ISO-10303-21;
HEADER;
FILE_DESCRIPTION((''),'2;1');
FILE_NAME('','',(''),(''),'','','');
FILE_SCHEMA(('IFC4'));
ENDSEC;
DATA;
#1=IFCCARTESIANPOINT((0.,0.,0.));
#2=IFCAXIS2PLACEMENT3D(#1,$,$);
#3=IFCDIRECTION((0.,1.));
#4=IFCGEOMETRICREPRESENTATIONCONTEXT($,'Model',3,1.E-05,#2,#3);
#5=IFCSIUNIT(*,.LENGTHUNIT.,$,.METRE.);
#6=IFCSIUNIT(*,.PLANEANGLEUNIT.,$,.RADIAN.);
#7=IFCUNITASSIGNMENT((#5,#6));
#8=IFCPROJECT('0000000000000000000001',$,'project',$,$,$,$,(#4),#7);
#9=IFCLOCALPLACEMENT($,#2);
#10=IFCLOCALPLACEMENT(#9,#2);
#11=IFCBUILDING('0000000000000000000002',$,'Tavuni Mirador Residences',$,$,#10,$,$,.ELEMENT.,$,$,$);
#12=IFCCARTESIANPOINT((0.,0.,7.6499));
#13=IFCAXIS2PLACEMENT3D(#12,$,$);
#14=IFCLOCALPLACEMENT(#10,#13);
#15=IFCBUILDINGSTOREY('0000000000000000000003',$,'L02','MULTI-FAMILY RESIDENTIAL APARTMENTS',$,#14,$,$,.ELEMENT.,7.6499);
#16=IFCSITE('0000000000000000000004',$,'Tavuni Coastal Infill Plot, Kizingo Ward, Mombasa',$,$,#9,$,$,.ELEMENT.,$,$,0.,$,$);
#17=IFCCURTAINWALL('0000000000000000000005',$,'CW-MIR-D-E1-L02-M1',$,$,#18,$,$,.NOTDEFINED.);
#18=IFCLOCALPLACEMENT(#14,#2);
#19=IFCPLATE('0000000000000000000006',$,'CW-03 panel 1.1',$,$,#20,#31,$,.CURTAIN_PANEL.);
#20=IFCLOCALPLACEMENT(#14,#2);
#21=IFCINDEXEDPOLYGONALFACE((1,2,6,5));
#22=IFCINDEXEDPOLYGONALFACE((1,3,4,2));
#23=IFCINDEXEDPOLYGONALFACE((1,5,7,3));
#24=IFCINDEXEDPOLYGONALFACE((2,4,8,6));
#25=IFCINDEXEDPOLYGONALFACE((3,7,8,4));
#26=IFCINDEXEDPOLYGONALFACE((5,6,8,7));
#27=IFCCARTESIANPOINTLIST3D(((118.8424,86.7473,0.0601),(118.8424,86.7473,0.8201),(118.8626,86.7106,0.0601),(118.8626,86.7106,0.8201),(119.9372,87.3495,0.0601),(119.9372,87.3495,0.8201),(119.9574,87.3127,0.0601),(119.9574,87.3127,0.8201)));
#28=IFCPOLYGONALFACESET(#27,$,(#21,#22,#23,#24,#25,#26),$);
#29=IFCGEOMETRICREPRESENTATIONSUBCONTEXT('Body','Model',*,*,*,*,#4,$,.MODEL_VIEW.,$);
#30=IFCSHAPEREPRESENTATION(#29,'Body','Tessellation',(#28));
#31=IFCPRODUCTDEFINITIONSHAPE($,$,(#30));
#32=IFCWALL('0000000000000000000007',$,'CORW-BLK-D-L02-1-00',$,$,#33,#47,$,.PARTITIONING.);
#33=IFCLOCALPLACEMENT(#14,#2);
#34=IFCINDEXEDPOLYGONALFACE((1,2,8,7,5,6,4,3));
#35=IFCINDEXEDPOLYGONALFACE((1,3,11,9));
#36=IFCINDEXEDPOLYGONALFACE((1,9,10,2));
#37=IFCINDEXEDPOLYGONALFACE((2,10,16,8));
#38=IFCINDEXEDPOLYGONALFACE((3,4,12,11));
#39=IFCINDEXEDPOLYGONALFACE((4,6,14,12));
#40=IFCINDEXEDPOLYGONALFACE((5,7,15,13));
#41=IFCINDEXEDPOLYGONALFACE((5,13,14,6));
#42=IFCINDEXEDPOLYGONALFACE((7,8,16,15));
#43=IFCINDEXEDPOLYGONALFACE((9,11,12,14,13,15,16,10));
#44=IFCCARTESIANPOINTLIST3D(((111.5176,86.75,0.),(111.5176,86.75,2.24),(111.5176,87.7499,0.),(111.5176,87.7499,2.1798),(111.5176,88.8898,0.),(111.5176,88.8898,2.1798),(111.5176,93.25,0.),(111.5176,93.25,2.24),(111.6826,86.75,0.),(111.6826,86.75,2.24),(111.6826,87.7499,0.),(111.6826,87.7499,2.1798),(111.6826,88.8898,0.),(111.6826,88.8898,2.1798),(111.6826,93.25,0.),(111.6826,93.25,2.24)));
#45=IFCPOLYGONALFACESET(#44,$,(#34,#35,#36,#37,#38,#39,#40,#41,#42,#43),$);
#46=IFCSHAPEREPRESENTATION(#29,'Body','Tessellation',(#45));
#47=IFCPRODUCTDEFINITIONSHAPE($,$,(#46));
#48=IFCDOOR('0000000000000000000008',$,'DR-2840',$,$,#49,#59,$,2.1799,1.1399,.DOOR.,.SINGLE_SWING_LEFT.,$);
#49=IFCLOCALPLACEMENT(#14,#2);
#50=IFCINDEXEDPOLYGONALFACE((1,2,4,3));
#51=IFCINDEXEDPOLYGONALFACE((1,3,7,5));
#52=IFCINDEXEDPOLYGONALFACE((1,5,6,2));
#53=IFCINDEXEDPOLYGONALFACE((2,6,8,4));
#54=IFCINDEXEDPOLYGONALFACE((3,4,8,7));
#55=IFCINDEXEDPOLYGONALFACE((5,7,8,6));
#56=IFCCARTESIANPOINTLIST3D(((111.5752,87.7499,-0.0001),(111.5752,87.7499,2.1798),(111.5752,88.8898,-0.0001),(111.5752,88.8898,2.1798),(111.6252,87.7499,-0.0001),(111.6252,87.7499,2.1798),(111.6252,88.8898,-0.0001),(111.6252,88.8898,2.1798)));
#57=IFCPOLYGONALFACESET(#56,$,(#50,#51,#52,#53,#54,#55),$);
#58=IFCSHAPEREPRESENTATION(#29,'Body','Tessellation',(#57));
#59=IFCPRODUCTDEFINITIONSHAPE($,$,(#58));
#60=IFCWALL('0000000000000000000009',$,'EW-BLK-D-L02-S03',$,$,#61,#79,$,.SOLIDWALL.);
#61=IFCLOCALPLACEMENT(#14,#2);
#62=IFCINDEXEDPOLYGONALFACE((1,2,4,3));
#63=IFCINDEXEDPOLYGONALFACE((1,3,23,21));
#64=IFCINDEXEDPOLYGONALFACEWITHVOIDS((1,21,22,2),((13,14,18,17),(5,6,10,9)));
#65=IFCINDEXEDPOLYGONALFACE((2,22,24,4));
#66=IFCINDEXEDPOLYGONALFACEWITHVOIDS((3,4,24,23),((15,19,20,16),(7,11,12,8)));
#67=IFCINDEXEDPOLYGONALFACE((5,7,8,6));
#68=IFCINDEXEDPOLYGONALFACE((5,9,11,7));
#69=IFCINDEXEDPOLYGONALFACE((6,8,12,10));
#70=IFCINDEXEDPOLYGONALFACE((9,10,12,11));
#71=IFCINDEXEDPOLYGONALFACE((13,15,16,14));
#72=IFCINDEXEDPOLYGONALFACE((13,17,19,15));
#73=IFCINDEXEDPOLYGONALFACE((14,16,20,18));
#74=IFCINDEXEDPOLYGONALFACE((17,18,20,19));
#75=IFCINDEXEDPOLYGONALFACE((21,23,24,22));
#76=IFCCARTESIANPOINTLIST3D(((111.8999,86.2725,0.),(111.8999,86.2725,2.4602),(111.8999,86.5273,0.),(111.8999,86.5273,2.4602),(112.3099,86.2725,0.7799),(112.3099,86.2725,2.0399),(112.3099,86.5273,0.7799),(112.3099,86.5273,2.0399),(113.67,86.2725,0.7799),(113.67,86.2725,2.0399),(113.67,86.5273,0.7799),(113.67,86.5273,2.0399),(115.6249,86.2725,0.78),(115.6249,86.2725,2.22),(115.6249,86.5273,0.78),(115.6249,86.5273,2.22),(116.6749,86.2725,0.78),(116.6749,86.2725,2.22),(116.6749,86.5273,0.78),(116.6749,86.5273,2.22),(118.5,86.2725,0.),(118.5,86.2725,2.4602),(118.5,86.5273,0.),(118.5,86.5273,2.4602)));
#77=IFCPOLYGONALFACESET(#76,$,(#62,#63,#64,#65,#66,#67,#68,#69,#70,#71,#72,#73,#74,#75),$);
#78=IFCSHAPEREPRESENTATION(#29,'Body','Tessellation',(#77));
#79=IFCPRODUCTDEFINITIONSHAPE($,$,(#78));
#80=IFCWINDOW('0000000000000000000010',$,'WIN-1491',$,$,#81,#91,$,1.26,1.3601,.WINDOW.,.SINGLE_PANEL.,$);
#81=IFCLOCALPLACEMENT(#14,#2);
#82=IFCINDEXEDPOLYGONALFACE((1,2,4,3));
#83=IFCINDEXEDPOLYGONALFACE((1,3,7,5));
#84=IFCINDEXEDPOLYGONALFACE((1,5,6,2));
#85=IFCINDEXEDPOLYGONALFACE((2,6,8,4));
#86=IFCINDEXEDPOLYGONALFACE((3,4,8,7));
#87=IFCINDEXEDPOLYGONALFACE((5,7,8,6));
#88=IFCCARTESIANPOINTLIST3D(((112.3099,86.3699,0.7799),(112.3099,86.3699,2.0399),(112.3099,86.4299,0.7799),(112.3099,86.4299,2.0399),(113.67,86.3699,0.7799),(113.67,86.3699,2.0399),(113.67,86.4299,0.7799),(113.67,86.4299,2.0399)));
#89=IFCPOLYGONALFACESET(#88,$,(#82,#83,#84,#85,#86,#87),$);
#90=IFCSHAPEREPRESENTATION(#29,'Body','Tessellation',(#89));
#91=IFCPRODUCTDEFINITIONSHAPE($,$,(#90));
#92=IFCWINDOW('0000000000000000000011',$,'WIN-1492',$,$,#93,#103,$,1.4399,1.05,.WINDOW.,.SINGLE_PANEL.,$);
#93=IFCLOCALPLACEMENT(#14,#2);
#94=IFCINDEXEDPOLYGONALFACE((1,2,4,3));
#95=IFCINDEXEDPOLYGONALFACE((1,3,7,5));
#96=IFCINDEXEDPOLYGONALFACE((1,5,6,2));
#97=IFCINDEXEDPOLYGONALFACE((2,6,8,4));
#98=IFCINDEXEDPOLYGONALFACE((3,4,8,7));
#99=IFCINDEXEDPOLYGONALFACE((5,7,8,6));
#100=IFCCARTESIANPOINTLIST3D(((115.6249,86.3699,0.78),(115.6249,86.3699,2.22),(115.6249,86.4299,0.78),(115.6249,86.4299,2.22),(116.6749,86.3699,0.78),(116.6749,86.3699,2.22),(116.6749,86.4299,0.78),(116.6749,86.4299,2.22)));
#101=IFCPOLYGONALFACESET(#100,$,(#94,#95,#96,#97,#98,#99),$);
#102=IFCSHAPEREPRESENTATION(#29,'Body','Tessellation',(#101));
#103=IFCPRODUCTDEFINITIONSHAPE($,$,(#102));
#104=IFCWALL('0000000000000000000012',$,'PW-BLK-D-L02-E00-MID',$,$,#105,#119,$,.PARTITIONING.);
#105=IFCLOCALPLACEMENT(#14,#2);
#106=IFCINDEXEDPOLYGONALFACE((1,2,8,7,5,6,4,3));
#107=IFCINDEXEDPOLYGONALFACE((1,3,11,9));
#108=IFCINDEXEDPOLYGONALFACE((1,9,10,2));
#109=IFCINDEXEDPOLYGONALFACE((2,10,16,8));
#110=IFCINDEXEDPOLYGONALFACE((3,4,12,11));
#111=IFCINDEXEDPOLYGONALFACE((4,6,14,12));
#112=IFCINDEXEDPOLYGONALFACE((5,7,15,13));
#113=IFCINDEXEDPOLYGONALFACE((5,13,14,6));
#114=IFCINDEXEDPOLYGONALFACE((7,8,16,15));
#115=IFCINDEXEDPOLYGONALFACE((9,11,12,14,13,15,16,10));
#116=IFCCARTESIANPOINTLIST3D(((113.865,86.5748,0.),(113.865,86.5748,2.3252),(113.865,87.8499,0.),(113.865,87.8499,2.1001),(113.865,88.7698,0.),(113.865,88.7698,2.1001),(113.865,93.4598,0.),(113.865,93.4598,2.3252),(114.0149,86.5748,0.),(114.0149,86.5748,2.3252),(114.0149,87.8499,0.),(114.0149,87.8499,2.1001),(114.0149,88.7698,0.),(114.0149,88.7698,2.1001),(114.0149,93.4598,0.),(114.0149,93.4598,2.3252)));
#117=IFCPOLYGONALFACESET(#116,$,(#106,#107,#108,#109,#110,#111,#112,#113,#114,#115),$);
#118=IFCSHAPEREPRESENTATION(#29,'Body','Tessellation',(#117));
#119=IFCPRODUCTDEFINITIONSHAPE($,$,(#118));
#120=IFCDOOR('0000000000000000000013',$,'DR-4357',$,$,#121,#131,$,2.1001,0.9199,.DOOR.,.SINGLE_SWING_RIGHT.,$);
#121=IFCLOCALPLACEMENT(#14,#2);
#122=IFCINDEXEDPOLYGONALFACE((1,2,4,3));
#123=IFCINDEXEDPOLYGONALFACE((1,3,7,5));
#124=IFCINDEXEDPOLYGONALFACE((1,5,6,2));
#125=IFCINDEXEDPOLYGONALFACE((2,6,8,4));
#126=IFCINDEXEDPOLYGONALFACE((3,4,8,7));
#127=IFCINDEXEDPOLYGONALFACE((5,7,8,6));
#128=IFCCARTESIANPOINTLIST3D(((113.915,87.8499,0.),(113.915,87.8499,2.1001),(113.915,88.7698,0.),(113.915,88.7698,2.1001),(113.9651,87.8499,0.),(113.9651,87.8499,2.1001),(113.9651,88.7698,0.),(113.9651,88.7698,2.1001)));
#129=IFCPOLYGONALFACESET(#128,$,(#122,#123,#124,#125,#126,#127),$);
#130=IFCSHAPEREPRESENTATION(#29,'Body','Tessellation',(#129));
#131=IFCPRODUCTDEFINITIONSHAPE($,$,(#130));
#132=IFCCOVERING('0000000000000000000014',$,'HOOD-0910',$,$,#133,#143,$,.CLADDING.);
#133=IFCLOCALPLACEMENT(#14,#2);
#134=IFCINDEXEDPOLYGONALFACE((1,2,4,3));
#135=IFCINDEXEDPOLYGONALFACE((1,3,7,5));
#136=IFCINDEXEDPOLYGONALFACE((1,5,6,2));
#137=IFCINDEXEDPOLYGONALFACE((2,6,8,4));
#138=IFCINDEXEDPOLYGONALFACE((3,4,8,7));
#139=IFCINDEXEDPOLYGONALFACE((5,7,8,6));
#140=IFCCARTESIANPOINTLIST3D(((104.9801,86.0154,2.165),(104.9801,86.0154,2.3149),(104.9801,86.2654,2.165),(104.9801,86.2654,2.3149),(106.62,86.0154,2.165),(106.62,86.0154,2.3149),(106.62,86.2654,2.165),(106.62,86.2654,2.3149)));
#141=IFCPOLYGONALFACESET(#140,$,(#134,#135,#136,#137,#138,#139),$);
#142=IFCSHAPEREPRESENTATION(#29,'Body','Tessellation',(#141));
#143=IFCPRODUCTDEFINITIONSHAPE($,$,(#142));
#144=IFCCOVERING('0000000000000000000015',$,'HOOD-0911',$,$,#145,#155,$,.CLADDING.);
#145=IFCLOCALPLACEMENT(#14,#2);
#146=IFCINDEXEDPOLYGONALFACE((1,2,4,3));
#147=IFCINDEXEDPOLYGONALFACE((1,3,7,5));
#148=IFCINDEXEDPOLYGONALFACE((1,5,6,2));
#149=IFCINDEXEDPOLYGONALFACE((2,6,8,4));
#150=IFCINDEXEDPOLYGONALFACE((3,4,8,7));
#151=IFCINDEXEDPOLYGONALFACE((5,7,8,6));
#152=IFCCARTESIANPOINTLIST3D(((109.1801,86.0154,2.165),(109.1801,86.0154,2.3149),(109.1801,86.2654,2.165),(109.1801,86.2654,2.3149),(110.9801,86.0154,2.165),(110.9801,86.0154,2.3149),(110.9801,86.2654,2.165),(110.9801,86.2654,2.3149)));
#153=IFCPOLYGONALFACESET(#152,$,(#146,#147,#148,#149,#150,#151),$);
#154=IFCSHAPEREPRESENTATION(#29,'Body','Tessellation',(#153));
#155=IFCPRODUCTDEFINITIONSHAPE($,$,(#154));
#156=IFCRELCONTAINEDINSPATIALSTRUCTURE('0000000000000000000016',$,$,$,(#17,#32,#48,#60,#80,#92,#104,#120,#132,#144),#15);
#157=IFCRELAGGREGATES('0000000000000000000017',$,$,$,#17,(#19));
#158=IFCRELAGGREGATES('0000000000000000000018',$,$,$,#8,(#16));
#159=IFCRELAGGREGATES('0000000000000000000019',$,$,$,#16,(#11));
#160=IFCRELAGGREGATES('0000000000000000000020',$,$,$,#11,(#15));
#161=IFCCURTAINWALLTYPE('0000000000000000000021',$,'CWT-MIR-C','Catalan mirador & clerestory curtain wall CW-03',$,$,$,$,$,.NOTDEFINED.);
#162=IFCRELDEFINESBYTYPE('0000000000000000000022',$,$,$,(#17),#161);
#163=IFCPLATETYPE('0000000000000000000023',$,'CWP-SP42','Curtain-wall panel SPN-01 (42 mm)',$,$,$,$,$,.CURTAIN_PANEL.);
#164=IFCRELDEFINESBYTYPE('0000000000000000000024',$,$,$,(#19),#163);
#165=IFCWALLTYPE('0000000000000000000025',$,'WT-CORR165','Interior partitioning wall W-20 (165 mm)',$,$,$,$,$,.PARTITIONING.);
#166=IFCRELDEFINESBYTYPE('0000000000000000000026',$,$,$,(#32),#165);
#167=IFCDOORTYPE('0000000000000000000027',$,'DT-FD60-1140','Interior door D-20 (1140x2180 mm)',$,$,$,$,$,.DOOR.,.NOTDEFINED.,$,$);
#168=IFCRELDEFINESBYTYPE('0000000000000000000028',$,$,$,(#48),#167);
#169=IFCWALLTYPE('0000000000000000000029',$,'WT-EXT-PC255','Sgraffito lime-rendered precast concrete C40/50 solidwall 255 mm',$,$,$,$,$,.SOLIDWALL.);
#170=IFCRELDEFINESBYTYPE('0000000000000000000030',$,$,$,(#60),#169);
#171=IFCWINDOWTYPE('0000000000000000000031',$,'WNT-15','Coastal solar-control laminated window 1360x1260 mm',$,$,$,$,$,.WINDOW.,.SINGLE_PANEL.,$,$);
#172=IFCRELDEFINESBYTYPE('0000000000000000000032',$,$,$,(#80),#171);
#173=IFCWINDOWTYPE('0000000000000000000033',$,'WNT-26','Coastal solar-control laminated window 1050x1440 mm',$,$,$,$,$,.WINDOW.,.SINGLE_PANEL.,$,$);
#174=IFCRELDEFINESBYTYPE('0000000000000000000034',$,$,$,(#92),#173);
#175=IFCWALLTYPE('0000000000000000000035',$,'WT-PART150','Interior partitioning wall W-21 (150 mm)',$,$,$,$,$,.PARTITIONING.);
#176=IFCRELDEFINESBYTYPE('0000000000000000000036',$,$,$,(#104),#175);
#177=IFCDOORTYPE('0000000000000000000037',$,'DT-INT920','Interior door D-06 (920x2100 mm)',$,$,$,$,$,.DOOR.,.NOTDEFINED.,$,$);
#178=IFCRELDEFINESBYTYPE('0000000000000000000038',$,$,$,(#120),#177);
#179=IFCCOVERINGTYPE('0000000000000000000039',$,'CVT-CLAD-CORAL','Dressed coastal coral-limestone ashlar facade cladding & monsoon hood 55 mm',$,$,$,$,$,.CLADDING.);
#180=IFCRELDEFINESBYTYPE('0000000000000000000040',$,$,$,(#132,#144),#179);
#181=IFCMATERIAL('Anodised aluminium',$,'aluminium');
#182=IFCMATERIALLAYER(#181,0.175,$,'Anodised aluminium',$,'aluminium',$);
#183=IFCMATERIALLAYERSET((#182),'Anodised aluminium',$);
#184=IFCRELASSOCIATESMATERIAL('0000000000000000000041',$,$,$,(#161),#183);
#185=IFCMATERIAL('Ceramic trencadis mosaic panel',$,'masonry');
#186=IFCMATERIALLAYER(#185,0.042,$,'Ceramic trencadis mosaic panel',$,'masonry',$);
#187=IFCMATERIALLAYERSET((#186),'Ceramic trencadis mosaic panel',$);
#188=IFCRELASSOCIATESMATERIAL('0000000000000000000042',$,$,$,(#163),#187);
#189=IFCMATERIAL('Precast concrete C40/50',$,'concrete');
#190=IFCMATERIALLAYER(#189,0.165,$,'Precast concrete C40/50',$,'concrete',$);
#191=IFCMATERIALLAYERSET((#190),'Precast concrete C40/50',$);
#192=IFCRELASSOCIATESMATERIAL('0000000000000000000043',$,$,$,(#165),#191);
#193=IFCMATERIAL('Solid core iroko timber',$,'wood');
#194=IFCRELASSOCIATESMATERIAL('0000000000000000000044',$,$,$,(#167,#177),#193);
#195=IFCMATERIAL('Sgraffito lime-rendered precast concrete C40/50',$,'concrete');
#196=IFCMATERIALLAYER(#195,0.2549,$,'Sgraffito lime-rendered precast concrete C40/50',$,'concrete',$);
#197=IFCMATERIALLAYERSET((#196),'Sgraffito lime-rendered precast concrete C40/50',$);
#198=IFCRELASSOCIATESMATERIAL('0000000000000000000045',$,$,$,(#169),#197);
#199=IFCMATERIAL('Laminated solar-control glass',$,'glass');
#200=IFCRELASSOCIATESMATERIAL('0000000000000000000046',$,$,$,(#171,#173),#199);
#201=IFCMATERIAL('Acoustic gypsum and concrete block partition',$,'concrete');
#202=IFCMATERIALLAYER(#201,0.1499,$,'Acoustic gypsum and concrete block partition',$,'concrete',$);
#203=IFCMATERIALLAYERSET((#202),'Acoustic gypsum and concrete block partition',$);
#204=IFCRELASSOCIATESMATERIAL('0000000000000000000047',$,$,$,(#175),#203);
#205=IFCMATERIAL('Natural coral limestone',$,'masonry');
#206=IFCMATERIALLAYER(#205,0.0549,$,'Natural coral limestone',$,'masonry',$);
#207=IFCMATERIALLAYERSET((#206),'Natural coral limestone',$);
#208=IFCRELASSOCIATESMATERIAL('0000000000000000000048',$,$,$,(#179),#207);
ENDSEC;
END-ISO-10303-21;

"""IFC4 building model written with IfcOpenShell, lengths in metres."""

from ifc_helpers import new_model, si_unit, direction, frame, frame_2d, origin, origin_2d, place, context, subcontext, project, spatial, rectangle, extrude, material, layer, layer_set, type_object, element, fill, aggregate, save


model = new_model("IFC4")

# Units and contexts
model_context = context("Model", 3, precision=1e-05, world=origin(), true_north=direction((0.0, 1.0)))
body_context = subcontext(model_context, "Body", "Model", "MODEL_VIEW")
ifc_project = project(units=[si_unit("LENGTHUNIT", "METRE"), si_unit("PLANEANGLEUNIT", "RADIAN")], contexts=[model_context])

# Site, building, storey
site_placement = place(None, origin())
site = spatial("IfcSite", under=ifc_project, at=site_placement, Name="Tavuni Coastal Infill Plot, Kizingo Ward, Mombasa", CompositionType="ELEMENT", RefElevation=0.0)
building_placement = place(site_placement, origin())
building = spatial("IfcBuilding", under=site, at=building_placement, Name="Tavuni Mirador Residences", CompositionType="ELEMENT")
storey_placement = place(building_placement, frame((0.0, 0.0, 7.6499)))
storey = spatial("IfcBuildingStorey", under=building, at=storey_placement, Name="L02", Description="MULTI-FAMILY RESIDENTIAL APARTMENTS", CompositionType="ELEMENT", Elevation=7.6499)

# Shared definitions
ifc_material_1 = material(Name="Precast concrete C40/50", Category="concrete")

# Curtain wall
ifc_material_2 = material(Name="Anodised aluminium", Category="aluminium")
ifc_layer_1 = layer(ifc_material_2, 0.175, Name="Anodised aluminium", Category="aluminium")
ifc_layer_set_1 = layer_set([ifc_layer_1], Name="Anodised aluminium")
curtain_wall_type = type_object("IfcCurtainWallType", Name="CWT-MIR-C", Description="Catalan mirador & clerestory curtain wall CW-03", PredefinedType="NOTDEFINED", material=ifc_layer_set_1)
curtain_wall_placement = place(storey_placement, origin())
curtain_wall = element("IfcCurtainWall", 1, at=curtain_wall_placement, inside=storey, type_object=curtain_wall_type, Name="CW-MIR-D-E1-L02-M1", PredefinedType="NOTDEFINED")

# Plate
ifc_material_3 = material(Name="Laminated solar-control glass", Category="glass")
ifc_material_4 = material(Name="Ceramic trencadis mosaic panel", Category="masonry")
ifc_layer_2 = layer(ifc_material_4, 0.042, Name="Ceramic trencadis mosaic panel", Category="masonry")
ifc_layer_set_2 = layer_set([ifc_layer_2], Name="Ceramic trencadis mosaic panel")
plate_type_1 = type_object("IfcPlateType", Name="CWP-SP42", Description="Curtain-wall panel SPN-01 (42 mm)", PredefinedType="CURTAIN_PANEL", material=ifc_layer_set_2)
plate_1_placement = place(storey_placement, frame((119.3999, 87.03, 0.0601), z_axis=(0.0, 0.0, 1.0), x_axis=(0.876216, 0.481919, 0.0)))
plate_1 = element("IfcPlate", 2, at=plate_1_placement, type_object=plate_type_1, Name="CW-03 panel 1.1", PredefinedType="CURTAIN_PANEL", context=body_context, shape_type="SweptSolid", body=[
    extrude(rectangle(XDim=1.2495, YDim=0.042, at=origin_2d()), origin(), (0.0, 0.0, 1.0), 0.76),
])
aggregate(curtain_wall, [plate_1])

# Wall, opening, door
ifc_layer_3 = layer(ifc_material_1, 0.165, Name="Precast concrete C40/50", Category="concrete")
ifc_layer_set_3 = layer_set([ifc_layer_3], Name="Precast concrete C40/50")
wall_type_1 = type_object("IfcWallType", Name="WT-CORR165", Description="Interior partitioning wall W-20 (165 mm)", PredefinedType="PARTITIONING", material=ifc_layer_set_3)
wall_1_placement = place(storey_placement, frame((111.6001, 86.75, 0.0), z_axis=(0.0, 0.0, 1.0), x_axis=(0.0, 1.0, 0.0)))
wall_1 = element("IfcWall", 3, at=wall_1_placement, inside=storey, type_object=wall_type_1, Name="CORW-BLK-D-L02-1-00", PredefinedType="PARTITIONING", context=body_context, shape_type="SweptSolid", body=[
    extrude(rectangle(XDim=6.5, YDim=0.165, at=frame_2d((3.25, 0.0))), origin(), (0.0, 0.0, 1.0), 2.24),
])
opening_1_placement = place(wall_1_placement, frame((1.0, 0.0, 0.0)))
opening_1 = element("IfcOpeningElement", 4, at=opening_1_placement, cuts=wall_1, PredefinedType="OPENING", context=body_context, shape_type="SweptSolid", body=[
    extrude(rectangle(XDim=1.1399, YDim=2.1799, at=frame_2d((0.5698, 1.0898))), frame((0.0, 0.0925, 0.0), z_axis=(0.0, -1.0, 0.0), x_axis=(1.0, 0.0, 0.0)), (0.0, 0.0, 1.0), 0.1851),
])
ifc_material_5 = material(Name="Solid core iroko timber", Category="wood")
door_type_1 = type_object("IfcDoorType", Name="DT-FD60-1140", Description="Interior door D-20 (1140x2180 mm)", OperationType="NOTDEFINED", PredefinedType="DOOR", material=ifc_material_5)
door_1_placement = place(opening_1_placement, origin())
door_1 = element("IfcDoor", 5, at=door_1_placement, inside=storey, type_object=door_type_1, Name="DR-2840", OperationType="SINGLE_SWING_LEFT", OverallHeight=2.1799, OverallWidth=1.1399, PredefinedType="DOOR", context=body_context, shape_type="SweptSolid", body=[
    extrude(rectangle(XDim=1.1399, YDim=2.1799, at=frame_2d((0.5698, 1.0898))), frame((0.0, 0.0249, 0.0), z_axis=(0.0, -1.0, 0.0), x_axis=(1.0, 0.0, 0.0)), (0.0, 0.0, 1.0), 0.05),
])
fill(opening_1, door_1)

# Wall, openings, windows
ifc_material_6 = material(Name="Sgraffito lime-rendered precast concrete C40/50", Category="concrete")
ifc_layer_4 = layer(ifc_material_6, 0.2549, Name="Sgraffito lime-rendered precast concrete C40/50", Category="concrete")
ifc_layer_set_4 = layer_set([ifc_layer_4], Name="Sgraffito lime-rendered precast concrete C40/50")
wall_type_2 = type_object("IfcWallType", Name="WT-EXT-PC255", Description="Sgraffito lime-rendered precast concrete C40/50 solidwall 255 mm", PredefinedType="SOLIDWALL", material=ifc_layer_set_4)
wall_2_placement = place(storey_placement, frame((111.8999, 86.3999, 0.0), z_axis=(0.0, 0.0, 1.0), x_axis=(1.0, 0.0, 0.0)))
wall_2 = element("IfcWall", 6, at=wall_2_placement, inside=storey, type_object=wall_type_2, Name="EW-BLK-D-L02-S03", PredefinedType="SOLIDWALL", context=body_context, shape_type="SweptSolid", body=[
    extrude(rectangle(XDim=6.6001, YDim=0.2549, at=frame_2d((3.3, 0.0))), origin(), (0.0, 0.0, 1.0), 2.4602),
])
opening_2_placement = place(wall_2_placement, frame((0.4099, 0.0, 0.78)))
opening_2 = element("IfcOpeningElement", 7, at=opening_2_placement, cuts=wall_2, PredefinedType="OPENING", context=body_context, shape_type="SweptSolid", body=[
    extrude(rectangle(XDim=1.3601, YDim=1.26, at=frame_2d((0.6802, 0.6299))), frame((0.0, 0.1375, 0.0), z_axis=(0.0, -1.0, 0.0), x_axis=(1.0, 0.0, 0.0)), (0.0, 0.0, 1.0), 0.2749),
])
opening_3_placement = place(wall_2_placement, frame((3.7251, 0.0, 0.78)))
opening_3 = element("IfcOpeningElement", 8, at=opening_3_placement, cuts=wall_2, PredefinedType="OPENING", context=body_context, shape_type="SweptSolid", body=[
    extrude(rectangle(XDim=1.05, YDim=1.4399, at=frame_2d((0.5249, 0.72))), frame((0.0, 0.1375, 0.0), z_axis=(0.0, -1.0, 0.0), x_axis=(1.0, 0.0, 0.0)), (0.0, 0.0, 1.0), 0.2749),
])
window_type_1 = type_object("IfcWindowType", Name="WNT-15", Description="Coastal solar-control laminated window 1360x1260 mm", PartitioningType="SINGLE_PANEL", PredefinedType="WINDOW", material=ifc_material_3)
window_1_placement = place(opening_2_placement, origin())
window_1 = element("IfcWindow", 9, at=window_1_placement, inside=storey, type_object=window_type_1, Name="WIN-1491", OverallHeight=1.26, OverallWidth=1.3601, PartitioningType="SINGLE_PANEL", PredefinedType="WINDOW", context=body_context, shape_type="SweptSolid", body=[
    extrude(rectangle(XDim=1.3601, YDim=1.26, at=frame_2d((0.6802, 0.6299))), frame((0.0, 0.03, 0.0), z_axis=(0.0, -1.0, 0.0), x_axis=(1.0, 0.0, 0.0)), (0.0, 0.0, 1.0), 0.0601),
])
fill(opening_2, window_1)
window_type_2 = type_object("IfcWindowType", Name="WNT-26", Description="Coastal solar-control laminated window 1050x1440 mm", PartitioningType="SINGLE_PANEL", PredefinedType="WINDOW", material=ifc_material_3)
window_2_placement = place(opening_3_placement, origin())
window_2 = element("IfcWindow", 10, at=window_2_placement, inside=storey, type_object=window_type_2, Name="WIN-1492", OverallHeight=1.4399, OverallWidth=1.05, PartitioningType="SINGLE_PANEL", PredefinedType="WINDOW", context=body_context, shape_type="SweptSolid", body=[
    extrude(rectangle(XDim=1.05, YDim=1.4399, at=frame_2d((0.5249, 0.72))), frame((0.0, 0.03, 0.0), z_axis=(0.0, -1.0, 0.0), x_axis=(1.0, 0.0, 0.0)), (0.0, 0.0, 1.0), 0.0601),
])
fill(opening_3, window_2)

# Wall, opening, door
ifc_material_7 = material(Name="Acoustic gypsum and concrete block partition", Category="concrete")
ifc_layer_5 = layer(ifc_material_7, 0.1499, Name="Acoustic gypsum and concrete block partition", Category="concrete")
ifc_layer_set_5 = layer_set([ifc_layer_5], Name="Acoustic gypsum and concrete block partition")
wall_type_3 = type_object("IfcWallType", Name="WT-PART150", Description="Interior partitioning wall W-21 (150 mm)", PredefinedType="PARTITIONING", material=ifc_layer_set_5)
wall_3_placement = place(storey_placement, frame((113.9399, 86.575, 0.0), z_axis=(0.0, 0.0, 1.0), x_axis=(0.0, 1.0, 0.0)))
wall_3 = element("IfcWall", 11, at=wall_3_placement, inside=storey, type_object=wall_type_3, Name="PW-BLK-D-L02-E00-MID", PredefinedType="PARTITIONING", context=body_context, shape_type="SweptSolid", body=[
    extrude(rectangle(XDim=6.885, YDim=0.1499, at=frame_2d((3.4424, 0.0))), origin(), (0.0, 0.0, 1.0), 2.3252),
])
opening_4_placement = place(wall_3_placement, frame((1.2749, 0.0, 0.0)))
opening_4 = element("IfcOpeningElement", 12, at=opening_4_placement, cuts=wall_3, PredefinedType="OPENING", context=body_context, shape_type="SweptSolid", body=[
    extrude(rectangle(XDim=0.9199, YDim=2.1001, at=frame_2d((0.46, 1.05))), frame((0.0, 0.085, 0.0), z_axis=(0.0, -1.0, 0.0), x_axis=(1.0, 0.0, 0.0)), (0.0, 0.0, 1.0), 0.1699),
])
door_type_2 = type_object("IfcDoorType", Name="DT-INT920", Description="Interior door D-06 (920x2100 mm)", OperationType="NOTDEFINED", PredefinedType="DOOR", material=ifc_material_5)
door_2_placement = place(opening_4_placement, origin())
door_2 = element("IfcDoor", 13, at=door_2_placement, inside=storey, type_object=door_type_2, Name="DR-4357", OperationType="SINGLE_SWING_RIGHT", OverallHeight=2.1001, OverallWidth=0.9199, PredefinedType="DOOR", context=body_context, shape_type="SweptSolid", body=[
    extrude(rectangle(XDim=0.9199, YDim=2.1001, at=frame_2d((0.46, 1.05))), frame((0.0, 0.0249, 0.0), z_axis=(0.0, -1.0, 0.0), x_axis=(1.0, 0.0, 0.0)), (0.0, 0.0, 1.0), 0.05),
])
fill(opening_4, door_2)

# Coverings
ifc_material_8 = material(Name="Natural coral limestone", Category="masonry")
ifc_layer_6 = layer(ifc_material_8, 0.0549, Name="Natural coral limestone", Category="masonry")
ifc_layer_set_6 = layer_set([ifc_layer_6], Name="Natural coral limestone")
covering_type = type_object("IfcCoveringType", Name="CVT-CLAD-CORAL", Description="Dressed coastal coral-limestone ashlar facade cladding & monsoon hood 55 mm", PredefinedType="CLADDING", material=ifc_layer_set_6)
covering_1_placement = place(storey_placement, frame((105.8, 86.1404, 2.165), z_axis=(0.0, 0.0, 1.0), x_axis=(1.0, 0.0, 0.0)))
element("IfcCovering", 14, at=covering_1_placement, inside=storey, type_object=covering_type, Name="HOOD-0910", PredefinedType="CLADDING", context=body_context, shape_type="SweptSolid", body=[
    extrude(rectangle(XDim=1.6399, YDim=0.25, at=origin_2d()), origin(), (0.0, 0.0, 1.0), 0.1499),
])
covering_2_placement = place(storey_placement, frame((110.0801, 86.1404, 2.165), z_axis=(0.0, 0.0, 1.0), x_axis=(1.0, 0.0, 0.0)))
element("IfcCovering", 15, at=covering_2_placement, inside=storey, type_object=covering_type, Name="HOOD-0911", PredefinedType="CLADDING", context=body_context, shape_type="SweptSolid", body=[
    extrude(rectangle(XDim=1.8, YDim=0.25, at=origin_2d()), origin(), (0.0, 0.0, 1.0), 0.1499),
])

save(model, "model.ifc")
